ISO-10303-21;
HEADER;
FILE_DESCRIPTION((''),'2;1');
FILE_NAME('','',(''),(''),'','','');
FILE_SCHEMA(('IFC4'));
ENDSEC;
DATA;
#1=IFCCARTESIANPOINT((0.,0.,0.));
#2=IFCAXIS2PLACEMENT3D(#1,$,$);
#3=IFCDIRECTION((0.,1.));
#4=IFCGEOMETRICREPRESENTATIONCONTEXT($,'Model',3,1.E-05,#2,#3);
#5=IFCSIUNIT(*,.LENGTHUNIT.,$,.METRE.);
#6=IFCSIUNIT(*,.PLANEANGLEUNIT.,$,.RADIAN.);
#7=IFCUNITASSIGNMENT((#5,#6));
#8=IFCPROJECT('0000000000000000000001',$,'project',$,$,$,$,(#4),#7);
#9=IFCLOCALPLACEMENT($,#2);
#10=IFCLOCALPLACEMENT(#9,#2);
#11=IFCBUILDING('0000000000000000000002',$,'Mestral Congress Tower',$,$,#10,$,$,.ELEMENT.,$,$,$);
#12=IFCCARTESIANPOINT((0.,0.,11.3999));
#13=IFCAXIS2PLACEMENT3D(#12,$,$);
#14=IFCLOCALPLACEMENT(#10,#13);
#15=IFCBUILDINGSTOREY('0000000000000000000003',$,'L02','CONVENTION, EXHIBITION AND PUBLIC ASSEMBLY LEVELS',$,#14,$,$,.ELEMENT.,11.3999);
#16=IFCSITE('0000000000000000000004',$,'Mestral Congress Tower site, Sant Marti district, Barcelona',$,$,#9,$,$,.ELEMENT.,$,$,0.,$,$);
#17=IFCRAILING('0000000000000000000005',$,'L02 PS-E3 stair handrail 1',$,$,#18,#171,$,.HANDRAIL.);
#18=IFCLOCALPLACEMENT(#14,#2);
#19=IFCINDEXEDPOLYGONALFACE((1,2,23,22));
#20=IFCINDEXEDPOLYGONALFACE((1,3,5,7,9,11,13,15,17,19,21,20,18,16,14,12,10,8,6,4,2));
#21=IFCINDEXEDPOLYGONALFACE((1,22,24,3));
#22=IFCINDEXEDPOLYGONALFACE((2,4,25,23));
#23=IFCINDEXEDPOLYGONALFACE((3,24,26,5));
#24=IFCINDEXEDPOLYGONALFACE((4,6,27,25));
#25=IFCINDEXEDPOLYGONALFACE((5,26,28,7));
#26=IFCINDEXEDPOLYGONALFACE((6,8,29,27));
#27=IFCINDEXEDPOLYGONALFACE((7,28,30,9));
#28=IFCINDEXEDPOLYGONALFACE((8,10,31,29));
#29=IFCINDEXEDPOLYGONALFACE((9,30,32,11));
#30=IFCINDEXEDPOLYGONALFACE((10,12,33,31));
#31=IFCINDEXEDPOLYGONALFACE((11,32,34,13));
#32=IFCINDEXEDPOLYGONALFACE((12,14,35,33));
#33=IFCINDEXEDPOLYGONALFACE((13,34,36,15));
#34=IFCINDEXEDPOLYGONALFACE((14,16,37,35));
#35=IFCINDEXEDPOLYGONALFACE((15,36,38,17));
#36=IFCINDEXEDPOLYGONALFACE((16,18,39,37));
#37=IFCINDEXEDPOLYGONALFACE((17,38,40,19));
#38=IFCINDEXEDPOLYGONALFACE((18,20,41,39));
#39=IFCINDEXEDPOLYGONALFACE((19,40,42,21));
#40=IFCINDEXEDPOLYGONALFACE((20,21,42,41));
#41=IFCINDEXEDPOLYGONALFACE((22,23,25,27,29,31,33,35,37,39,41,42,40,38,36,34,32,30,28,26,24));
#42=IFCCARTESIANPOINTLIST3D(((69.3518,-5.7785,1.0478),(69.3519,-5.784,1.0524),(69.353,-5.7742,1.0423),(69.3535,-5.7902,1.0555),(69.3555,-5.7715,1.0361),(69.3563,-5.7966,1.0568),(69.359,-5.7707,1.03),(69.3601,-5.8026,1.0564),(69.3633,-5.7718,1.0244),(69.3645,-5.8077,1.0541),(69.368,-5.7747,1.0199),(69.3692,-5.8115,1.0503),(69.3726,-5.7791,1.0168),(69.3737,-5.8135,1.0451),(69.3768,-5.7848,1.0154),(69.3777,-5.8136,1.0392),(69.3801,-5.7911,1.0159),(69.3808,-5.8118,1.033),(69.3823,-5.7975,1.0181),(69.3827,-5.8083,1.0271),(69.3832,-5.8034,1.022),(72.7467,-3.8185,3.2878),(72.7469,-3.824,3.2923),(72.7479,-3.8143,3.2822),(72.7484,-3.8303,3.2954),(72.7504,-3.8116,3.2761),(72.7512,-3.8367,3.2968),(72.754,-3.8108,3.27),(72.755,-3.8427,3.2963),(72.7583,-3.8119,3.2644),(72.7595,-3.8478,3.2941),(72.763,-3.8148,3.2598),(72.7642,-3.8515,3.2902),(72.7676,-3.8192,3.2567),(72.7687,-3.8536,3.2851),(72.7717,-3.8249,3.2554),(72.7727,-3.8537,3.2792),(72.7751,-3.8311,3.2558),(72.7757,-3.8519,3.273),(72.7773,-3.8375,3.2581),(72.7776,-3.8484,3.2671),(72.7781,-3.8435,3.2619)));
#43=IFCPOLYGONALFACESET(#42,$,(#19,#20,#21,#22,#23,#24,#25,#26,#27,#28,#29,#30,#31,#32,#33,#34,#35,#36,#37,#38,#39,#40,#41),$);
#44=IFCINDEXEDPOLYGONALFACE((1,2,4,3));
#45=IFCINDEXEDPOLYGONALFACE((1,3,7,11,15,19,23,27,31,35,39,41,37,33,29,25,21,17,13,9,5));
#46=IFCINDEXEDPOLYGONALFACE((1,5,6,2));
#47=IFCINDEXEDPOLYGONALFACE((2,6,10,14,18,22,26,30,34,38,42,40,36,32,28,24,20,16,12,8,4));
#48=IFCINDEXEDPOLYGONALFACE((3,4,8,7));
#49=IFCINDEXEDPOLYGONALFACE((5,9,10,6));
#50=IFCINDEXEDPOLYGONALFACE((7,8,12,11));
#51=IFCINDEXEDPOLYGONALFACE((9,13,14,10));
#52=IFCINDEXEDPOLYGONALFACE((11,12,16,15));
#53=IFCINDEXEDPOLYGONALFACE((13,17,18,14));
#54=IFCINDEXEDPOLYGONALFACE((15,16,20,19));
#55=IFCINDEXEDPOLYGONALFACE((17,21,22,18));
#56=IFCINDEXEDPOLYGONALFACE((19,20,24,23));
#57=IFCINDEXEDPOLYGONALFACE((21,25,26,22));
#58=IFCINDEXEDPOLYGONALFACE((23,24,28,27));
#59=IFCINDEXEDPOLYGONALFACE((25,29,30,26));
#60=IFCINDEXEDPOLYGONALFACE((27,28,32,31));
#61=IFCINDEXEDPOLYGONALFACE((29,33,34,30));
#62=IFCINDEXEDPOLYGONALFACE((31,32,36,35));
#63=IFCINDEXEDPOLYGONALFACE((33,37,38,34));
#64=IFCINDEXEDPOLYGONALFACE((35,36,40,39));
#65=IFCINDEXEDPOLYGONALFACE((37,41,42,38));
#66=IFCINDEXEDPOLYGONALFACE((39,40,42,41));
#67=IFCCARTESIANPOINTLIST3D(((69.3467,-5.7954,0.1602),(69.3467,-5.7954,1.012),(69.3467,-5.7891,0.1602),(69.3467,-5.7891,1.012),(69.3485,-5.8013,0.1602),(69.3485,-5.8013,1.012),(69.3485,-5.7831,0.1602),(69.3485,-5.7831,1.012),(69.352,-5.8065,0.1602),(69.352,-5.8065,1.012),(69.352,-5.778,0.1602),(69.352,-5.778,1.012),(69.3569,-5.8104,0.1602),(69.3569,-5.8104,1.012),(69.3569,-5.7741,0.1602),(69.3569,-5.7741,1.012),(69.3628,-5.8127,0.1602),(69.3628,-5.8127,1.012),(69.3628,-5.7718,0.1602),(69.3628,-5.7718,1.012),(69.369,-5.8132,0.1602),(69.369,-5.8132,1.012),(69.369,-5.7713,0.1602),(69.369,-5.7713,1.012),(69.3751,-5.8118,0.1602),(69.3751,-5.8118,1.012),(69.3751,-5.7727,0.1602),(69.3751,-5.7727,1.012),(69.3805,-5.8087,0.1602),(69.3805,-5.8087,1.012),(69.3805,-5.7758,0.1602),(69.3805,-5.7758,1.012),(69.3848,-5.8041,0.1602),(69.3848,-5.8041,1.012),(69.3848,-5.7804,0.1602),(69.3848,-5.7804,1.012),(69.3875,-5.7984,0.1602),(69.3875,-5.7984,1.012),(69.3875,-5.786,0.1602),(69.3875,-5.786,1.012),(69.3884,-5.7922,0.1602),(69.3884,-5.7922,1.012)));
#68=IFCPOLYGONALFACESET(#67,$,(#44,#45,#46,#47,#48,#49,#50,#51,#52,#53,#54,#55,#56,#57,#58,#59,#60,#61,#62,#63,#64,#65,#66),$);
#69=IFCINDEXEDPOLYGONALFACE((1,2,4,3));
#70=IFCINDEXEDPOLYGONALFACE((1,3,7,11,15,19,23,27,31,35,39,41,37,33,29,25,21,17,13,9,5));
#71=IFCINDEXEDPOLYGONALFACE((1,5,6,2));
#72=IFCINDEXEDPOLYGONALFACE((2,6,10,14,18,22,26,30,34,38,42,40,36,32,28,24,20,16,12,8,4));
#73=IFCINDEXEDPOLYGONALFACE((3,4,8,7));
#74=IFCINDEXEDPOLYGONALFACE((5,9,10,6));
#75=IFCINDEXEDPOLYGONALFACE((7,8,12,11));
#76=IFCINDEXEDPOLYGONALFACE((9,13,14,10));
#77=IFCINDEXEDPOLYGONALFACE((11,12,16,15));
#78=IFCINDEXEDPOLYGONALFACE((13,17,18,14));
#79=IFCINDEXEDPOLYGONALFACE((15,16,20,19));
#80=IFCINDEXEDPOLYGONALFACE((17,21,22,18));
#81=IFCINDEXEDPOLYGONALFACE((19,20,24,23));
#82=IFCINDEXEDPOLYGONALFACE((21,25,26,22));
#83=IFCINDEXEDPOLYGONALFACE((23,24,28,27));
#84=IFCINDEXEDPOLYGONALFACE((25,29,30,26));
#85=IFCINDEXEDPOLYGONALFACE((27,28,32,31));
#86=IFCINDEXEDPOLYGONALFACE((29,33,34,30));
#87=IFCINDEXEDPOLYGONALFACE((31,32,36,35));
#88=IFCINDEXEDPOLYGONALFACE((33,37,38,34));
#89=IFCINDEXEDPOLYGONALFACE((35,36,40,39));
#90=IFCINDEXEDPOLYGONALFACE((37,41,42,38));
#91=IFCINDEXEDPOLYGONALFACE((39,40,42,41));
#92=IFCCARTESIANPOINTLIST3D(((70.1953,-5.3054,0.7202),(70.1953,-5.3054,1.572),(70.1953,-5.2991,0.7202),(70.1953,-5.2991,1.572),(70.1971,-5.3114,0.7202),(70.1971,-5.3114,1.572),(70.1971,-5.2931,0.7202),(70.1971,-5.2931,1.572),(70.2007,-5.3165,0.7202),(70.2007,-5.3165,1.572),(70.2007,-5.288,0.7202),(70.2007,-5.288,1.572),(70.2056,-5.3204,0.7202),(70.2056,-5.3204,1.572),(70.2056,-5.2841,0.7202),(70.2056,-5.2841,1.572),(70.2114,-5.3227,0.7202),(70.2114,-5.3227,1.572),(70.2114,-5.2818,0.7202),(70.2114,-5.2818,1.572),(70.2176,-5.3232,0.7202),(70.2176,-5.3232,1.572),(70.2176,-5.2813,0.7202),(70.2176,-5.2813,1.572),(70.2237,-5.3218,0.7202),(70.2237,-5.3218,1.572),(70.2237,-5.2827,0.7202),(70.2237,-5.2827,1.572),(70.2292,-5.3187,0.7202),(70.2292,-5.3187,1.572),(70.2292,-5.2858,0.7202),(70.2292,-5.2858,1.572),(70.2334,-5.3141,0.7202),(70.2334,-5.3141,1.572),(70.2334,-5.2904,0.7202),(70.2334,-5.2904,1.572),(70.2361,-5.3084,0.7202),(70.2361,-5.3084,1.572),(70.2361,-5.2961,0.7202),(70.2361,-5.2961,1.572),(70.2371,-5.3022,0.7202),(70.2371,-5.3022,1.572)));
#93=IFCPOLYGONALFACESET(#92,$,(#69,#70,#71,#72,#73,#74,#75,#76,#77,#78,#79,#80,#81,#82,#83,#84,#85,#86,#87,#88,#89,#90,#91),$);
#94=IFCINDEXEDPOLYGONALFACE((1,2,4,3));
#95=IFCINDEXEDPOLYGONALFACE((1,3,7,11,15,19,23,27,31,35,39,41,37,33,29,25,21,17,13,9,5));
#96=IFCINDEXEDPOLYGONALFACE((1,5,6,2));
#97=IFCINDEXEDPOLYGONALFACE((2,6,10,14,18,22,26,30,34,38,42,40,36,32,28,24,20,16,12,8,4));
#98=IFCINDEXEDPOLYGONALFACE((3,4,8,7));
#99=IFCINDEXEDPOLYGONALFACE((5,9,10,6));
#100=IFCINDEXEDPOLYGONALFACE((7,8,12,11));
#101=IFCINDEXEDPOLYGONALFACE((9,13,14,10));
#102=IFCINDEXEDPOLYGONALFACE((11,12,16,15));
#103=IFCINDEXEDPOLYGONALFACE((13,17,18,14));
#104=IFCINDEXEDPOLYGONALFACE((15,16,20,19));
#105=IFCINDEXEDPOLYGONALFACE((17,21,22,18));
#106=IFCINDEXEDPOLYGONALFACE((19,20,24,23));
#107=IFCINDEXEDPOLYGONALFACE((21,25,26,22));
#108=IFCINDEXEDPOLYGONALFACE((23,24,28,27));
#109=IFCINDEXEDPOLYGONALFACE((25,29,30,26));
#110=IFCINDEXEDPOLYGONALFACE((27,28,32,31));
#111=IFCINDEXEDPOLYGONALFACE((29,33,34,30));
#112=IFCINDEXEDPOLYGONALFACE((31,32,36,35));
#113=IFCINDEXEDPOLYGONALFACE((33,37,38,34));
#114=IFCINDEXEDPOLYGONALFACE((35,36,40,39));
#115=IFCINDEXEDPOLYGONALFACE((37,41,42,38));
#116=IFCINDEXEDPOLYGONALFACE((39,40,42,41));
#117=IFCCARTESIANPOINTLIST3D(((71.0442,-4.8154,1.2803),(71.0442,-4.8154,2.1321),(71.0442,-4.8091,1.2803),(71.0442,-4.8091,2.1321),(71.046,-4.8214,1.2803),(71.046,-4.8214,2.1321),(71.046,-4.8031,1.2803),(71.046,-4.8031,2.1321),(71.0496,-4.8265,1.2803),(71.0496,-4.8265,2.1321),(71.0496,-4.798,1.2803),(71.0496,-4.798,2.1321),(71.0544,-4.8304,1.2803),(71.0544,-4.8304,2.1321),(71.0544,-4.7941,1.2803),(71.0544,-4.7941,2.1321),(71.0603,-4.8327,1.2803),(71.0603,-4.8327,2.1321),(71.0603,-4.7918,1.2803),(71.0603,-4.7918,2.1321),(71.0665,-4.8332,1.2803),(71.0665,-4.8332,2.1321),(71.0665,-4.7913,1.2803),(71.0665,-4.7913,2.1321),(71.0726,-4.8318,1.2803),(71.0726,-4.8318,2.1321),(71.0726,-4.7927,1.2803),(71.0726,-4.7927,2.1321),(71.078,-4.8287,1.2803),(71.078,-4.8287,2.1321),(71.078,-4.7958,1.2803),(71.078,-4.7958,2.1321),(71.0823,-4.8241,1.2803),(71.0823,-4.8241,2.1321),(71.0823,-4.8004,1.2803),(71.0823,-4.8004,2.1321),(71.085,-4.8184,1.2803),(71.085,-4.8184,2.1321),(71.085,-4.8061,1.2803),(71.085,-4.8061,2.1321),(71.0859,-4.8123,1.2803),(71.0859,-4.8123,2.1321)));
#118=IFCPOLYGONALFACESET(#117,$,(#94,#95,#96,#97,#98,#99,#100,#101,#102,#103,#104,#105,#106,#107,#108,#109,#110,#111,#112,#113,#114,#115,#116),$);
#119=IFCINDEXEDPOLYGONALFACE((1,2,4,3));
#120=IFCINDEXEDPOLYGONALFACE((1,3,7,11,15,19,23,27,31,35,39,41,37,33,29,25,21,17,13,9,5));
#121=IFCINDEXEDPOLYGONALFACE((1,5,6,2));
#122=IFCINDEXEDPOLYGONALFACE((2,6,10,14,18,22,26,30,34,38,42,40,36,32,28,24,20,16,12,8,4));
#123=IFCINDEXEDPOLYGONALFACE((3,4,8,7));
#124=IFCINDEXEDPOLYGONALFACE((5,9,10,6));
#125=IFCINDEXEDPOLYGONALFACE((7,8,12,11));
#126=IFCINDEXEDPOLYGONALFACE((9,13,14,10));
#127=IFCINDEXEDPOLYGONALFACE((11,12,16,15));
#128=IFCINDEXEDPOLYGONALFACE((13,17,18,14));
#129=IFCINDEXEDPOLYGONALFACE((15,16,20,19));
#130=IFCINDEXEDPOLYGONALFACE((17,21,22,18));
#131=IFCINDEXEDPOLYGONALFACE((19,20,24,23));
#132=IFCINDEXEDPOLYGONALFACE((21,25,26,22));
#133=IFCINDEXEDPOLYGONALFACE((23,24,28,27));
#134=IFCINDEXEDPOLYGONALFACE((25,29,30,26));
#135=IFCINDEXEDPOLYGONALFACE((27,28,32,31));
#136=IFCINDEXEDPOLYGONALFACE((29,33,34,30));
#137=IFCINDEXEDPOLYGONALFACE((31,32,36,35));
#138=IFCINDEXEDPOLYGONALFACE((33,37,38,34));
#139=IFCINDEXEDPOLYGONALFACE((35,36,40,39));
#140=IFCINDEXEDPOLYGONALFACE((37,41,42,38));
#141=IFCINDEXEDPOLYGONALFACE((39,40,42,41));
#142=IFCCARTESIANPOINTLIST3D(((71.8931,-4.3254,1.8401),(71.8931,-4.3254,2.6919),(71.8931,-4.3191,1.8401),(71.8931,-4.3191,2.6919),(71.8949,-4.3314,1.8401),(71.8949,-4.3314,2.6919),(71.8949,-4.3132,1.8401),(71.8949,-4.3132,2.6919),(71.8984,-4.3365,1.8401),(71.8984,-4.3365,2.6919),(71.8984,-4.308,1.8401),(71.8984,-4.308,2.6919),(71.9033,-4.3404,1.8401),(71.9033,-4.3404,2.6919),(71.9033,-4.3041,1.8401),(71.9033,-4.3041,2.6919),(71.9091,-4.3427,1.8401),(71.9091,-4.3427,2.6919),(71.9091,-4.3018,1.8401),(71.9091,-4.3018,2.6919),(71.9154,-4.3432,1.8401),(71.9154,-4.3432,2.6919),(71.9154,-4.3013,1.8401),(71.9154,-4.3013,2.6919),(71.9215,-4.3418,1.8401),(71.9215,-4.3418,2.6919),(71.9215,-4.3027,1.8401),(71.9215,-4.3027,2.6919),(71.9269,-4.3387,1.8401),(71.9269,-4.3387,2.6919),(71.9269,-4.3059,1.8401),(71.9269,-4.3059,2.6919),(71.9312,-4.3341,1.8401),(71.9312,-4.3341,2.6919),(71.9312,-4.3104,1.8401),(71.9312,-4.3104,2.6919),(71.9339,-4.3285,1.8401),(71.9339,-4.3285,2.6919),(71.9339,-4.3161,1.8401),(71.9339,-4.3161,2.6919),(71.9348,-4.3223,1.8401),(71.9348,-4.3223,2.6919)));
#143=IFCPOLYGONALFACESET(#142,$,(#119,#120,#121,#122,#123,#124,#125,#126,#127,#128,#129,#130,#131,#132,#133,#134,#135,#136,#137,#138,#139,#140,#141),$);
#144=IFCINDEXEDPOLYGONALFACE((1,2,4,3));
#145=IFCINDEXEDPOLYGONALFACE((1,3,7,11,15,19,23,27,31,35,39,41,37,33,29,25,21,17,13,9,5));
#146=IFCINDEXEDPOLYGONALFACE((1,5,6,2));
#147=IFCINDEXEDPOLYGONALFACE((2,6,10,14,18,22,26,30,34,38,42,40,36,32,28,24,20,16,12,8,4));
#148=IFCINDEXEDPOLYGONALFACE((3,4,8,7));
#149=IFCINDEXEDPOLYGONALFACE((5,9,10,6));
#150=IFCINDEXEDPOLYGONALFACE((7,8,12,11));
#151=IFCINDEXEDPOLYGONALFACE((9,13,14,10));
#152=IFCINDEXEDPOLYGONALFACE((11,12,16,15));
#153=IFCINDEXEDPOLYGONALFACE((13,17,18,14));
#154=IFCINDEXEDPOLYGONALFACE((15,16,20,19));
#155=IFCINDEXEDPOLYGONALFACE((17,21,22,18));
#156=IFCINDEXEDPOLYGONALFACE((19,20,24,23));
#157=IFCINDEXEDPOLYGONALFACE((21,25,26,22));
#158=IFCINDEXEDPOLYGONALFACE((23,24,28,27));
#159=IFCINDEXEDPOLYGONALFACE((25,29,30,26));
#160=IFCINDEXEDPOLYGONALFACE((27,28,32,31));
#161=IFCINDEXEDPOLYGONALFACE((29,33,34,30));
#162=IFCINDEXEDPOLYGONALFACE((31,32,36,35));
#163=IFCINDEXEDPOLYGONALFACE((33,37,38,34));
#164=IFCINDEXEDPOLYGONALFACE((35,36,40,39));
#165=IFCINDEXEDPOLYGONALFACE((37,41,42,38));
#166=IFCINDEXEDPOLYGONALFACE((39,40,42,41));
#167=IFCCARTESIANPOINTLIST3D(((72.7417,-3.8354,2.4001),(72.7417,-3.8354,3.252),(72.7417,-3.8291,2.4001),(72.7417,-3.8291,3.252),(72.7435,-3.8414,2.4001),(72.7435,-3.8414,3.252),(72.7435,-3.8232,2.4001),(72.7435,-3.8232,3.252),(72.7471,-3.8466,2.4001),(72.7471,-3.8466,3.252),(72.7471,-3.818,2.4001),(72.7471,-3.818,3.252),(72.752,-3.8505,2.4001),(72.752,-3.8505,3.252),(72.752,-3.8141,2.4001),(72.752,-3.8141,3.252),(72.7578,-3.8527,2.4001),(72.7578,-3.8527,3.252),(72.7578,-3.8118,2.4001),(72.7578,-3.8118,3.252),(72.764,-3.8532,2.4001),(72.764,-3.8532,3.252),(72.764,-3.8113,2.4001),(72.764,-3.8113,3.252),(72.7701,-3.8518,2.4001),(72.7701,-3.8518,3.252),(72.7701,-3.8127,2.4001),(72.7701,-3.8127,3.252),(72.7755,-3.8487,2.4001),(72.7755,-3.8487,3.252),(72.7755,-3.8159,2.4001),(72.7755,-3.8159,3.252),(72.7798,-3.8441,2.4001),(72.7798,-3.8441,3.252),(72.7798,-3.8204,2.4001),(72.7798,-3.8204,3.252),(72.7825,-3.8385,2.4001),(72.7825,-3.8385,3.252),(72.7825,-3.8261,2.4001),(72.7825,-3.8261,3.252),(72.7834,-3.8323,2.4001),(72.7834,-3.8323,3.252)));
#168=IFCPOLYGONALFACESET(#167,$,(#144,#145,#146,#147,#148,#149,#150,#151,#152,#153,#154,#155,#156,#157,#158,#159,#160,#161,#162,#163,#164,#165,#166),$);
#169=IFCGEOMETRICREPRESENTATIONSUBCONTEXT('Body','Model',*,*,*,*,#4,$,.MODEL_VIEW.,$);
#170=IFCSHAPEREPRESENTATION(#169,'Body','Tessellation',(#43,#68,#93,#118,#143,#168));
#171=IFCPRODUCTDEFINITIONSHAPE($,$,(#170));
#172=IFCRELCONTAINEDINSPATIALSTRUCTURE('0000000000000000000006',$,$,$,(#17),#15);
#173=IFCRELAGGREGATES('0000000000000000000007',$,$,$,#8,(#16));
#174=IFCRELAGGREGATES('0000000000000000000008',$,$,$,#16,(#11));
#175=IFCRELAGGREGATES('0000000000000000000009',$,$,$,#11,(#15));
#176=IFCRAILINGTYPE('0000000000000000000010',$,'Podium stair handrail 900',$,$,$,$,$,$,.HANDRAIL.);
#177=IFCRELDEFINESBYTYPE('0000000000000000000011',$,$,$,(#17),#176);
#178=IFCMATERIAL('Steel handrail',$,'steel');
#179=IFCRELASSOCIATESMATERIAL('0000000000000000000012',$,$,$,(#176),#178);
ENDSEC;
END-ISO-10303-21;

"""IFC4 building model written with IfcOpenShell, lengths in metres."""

from ifc_helpers import new_model, si_unit, direction, frame, origin, origin_2d, place, context, subcontext, project, spatial, circle, extrude, material, type_object, element, save


model = new_model("IFC4")

# Units and contexts
model_context = context("Model", 3, precision=1e-05, world=origin(), true_north=direction((0.0, 1.0)))
body_context = subcontext(model_context, "Body", "Model", "MODEL_VIEW")
ifc_project = project(units=[si_unit("LENGTHUNIT", "METRE"), si_unit("PLANEANGLEUNIT", "RADIAN")], contexts=[model_context])

# Site, building, storey
site_placement = place(None, origin())
site = spatial("IfcSite", under=ifc_project, at=site_placement, Name="Mestral Congress Tower site, Sant Marti district, Barcelona", CompositionType="ELEMENT", RefElevation=0.0)
building_placement = place(site_placement, origin())
building = spatial("IfcBuilding", under=site, at=building_placement, Name="Mestral Congress Tower", CompositionType="ELEMENT")
storey_placement = place(building_placement, frame((0.0, 0.0, 11.3999)))
storey = spatial("IfcBuildingStorey", under=building, at=storey_placement, Name="L02", Description="CONVENTION, EXHIBITION AND PUBLIC ASSEMBLY LEVELS", CompositionType="ELEMENT", Elevation=11.3999)

# Railing
ifc_material_1 = material(Name="Steel handrail", Category="steel")
railing_type_1 = type_object("IfcRailingType", Name="Podium stair handrail 900", PredefinedType="HANDRAIL", material=ifc_material_1)
railing_1_placement = place(storey_placement, frame((69.3674, -5.7922, 0.1602)))
element("IfcRailing", 1, at=railing_1_placement, inside=storey, type_object=railing_type_1, Name="L02 PS-E3 stair handrail 1", PredefinedType="HANDRAIL", context=body_context, shape_type="SweptSolid", body=[
    extrude(circle(Radius=0.0239, at=origin_2d()), frame((0.0, 0.0, 0.876), z_axis=(0.751943, 0.434101, 0.496123), x_axis=(-0.49997, 0.866042, 0.0)), (0.0, 0.0, 1.0), 4.5149),
    extrude(circle(Radius=0.021, at=origin_2d()), origin(), (0.0, 0.0, 1.0), 0.8518),
    extrude(circle(Radius=0.021, at=origin_2d()), frame((0.8486, 0.49, 0.5601)), (0.0, 0.0, 1.0), 0.8518),
    extrude(circle(Radius=0.021, at=origin_2d()), frame((1.6975, 0.98, 1.1201)), (0.0, 0.0, 1.0), 0.8518),
    extrude(circle(Radius=0.021, at=origin_2d()), frame((2.5464, 1.47, 1.6799)), (0.0, 0.0, 1.0), 0.8518),
    extrude(circle(Radius=0.021, at=origin_2d()), frame((3.395, 1.96, 2.24)), (0.0, 0.0, 1.0), 0.8518),
])

save(model, "model.ifc")
